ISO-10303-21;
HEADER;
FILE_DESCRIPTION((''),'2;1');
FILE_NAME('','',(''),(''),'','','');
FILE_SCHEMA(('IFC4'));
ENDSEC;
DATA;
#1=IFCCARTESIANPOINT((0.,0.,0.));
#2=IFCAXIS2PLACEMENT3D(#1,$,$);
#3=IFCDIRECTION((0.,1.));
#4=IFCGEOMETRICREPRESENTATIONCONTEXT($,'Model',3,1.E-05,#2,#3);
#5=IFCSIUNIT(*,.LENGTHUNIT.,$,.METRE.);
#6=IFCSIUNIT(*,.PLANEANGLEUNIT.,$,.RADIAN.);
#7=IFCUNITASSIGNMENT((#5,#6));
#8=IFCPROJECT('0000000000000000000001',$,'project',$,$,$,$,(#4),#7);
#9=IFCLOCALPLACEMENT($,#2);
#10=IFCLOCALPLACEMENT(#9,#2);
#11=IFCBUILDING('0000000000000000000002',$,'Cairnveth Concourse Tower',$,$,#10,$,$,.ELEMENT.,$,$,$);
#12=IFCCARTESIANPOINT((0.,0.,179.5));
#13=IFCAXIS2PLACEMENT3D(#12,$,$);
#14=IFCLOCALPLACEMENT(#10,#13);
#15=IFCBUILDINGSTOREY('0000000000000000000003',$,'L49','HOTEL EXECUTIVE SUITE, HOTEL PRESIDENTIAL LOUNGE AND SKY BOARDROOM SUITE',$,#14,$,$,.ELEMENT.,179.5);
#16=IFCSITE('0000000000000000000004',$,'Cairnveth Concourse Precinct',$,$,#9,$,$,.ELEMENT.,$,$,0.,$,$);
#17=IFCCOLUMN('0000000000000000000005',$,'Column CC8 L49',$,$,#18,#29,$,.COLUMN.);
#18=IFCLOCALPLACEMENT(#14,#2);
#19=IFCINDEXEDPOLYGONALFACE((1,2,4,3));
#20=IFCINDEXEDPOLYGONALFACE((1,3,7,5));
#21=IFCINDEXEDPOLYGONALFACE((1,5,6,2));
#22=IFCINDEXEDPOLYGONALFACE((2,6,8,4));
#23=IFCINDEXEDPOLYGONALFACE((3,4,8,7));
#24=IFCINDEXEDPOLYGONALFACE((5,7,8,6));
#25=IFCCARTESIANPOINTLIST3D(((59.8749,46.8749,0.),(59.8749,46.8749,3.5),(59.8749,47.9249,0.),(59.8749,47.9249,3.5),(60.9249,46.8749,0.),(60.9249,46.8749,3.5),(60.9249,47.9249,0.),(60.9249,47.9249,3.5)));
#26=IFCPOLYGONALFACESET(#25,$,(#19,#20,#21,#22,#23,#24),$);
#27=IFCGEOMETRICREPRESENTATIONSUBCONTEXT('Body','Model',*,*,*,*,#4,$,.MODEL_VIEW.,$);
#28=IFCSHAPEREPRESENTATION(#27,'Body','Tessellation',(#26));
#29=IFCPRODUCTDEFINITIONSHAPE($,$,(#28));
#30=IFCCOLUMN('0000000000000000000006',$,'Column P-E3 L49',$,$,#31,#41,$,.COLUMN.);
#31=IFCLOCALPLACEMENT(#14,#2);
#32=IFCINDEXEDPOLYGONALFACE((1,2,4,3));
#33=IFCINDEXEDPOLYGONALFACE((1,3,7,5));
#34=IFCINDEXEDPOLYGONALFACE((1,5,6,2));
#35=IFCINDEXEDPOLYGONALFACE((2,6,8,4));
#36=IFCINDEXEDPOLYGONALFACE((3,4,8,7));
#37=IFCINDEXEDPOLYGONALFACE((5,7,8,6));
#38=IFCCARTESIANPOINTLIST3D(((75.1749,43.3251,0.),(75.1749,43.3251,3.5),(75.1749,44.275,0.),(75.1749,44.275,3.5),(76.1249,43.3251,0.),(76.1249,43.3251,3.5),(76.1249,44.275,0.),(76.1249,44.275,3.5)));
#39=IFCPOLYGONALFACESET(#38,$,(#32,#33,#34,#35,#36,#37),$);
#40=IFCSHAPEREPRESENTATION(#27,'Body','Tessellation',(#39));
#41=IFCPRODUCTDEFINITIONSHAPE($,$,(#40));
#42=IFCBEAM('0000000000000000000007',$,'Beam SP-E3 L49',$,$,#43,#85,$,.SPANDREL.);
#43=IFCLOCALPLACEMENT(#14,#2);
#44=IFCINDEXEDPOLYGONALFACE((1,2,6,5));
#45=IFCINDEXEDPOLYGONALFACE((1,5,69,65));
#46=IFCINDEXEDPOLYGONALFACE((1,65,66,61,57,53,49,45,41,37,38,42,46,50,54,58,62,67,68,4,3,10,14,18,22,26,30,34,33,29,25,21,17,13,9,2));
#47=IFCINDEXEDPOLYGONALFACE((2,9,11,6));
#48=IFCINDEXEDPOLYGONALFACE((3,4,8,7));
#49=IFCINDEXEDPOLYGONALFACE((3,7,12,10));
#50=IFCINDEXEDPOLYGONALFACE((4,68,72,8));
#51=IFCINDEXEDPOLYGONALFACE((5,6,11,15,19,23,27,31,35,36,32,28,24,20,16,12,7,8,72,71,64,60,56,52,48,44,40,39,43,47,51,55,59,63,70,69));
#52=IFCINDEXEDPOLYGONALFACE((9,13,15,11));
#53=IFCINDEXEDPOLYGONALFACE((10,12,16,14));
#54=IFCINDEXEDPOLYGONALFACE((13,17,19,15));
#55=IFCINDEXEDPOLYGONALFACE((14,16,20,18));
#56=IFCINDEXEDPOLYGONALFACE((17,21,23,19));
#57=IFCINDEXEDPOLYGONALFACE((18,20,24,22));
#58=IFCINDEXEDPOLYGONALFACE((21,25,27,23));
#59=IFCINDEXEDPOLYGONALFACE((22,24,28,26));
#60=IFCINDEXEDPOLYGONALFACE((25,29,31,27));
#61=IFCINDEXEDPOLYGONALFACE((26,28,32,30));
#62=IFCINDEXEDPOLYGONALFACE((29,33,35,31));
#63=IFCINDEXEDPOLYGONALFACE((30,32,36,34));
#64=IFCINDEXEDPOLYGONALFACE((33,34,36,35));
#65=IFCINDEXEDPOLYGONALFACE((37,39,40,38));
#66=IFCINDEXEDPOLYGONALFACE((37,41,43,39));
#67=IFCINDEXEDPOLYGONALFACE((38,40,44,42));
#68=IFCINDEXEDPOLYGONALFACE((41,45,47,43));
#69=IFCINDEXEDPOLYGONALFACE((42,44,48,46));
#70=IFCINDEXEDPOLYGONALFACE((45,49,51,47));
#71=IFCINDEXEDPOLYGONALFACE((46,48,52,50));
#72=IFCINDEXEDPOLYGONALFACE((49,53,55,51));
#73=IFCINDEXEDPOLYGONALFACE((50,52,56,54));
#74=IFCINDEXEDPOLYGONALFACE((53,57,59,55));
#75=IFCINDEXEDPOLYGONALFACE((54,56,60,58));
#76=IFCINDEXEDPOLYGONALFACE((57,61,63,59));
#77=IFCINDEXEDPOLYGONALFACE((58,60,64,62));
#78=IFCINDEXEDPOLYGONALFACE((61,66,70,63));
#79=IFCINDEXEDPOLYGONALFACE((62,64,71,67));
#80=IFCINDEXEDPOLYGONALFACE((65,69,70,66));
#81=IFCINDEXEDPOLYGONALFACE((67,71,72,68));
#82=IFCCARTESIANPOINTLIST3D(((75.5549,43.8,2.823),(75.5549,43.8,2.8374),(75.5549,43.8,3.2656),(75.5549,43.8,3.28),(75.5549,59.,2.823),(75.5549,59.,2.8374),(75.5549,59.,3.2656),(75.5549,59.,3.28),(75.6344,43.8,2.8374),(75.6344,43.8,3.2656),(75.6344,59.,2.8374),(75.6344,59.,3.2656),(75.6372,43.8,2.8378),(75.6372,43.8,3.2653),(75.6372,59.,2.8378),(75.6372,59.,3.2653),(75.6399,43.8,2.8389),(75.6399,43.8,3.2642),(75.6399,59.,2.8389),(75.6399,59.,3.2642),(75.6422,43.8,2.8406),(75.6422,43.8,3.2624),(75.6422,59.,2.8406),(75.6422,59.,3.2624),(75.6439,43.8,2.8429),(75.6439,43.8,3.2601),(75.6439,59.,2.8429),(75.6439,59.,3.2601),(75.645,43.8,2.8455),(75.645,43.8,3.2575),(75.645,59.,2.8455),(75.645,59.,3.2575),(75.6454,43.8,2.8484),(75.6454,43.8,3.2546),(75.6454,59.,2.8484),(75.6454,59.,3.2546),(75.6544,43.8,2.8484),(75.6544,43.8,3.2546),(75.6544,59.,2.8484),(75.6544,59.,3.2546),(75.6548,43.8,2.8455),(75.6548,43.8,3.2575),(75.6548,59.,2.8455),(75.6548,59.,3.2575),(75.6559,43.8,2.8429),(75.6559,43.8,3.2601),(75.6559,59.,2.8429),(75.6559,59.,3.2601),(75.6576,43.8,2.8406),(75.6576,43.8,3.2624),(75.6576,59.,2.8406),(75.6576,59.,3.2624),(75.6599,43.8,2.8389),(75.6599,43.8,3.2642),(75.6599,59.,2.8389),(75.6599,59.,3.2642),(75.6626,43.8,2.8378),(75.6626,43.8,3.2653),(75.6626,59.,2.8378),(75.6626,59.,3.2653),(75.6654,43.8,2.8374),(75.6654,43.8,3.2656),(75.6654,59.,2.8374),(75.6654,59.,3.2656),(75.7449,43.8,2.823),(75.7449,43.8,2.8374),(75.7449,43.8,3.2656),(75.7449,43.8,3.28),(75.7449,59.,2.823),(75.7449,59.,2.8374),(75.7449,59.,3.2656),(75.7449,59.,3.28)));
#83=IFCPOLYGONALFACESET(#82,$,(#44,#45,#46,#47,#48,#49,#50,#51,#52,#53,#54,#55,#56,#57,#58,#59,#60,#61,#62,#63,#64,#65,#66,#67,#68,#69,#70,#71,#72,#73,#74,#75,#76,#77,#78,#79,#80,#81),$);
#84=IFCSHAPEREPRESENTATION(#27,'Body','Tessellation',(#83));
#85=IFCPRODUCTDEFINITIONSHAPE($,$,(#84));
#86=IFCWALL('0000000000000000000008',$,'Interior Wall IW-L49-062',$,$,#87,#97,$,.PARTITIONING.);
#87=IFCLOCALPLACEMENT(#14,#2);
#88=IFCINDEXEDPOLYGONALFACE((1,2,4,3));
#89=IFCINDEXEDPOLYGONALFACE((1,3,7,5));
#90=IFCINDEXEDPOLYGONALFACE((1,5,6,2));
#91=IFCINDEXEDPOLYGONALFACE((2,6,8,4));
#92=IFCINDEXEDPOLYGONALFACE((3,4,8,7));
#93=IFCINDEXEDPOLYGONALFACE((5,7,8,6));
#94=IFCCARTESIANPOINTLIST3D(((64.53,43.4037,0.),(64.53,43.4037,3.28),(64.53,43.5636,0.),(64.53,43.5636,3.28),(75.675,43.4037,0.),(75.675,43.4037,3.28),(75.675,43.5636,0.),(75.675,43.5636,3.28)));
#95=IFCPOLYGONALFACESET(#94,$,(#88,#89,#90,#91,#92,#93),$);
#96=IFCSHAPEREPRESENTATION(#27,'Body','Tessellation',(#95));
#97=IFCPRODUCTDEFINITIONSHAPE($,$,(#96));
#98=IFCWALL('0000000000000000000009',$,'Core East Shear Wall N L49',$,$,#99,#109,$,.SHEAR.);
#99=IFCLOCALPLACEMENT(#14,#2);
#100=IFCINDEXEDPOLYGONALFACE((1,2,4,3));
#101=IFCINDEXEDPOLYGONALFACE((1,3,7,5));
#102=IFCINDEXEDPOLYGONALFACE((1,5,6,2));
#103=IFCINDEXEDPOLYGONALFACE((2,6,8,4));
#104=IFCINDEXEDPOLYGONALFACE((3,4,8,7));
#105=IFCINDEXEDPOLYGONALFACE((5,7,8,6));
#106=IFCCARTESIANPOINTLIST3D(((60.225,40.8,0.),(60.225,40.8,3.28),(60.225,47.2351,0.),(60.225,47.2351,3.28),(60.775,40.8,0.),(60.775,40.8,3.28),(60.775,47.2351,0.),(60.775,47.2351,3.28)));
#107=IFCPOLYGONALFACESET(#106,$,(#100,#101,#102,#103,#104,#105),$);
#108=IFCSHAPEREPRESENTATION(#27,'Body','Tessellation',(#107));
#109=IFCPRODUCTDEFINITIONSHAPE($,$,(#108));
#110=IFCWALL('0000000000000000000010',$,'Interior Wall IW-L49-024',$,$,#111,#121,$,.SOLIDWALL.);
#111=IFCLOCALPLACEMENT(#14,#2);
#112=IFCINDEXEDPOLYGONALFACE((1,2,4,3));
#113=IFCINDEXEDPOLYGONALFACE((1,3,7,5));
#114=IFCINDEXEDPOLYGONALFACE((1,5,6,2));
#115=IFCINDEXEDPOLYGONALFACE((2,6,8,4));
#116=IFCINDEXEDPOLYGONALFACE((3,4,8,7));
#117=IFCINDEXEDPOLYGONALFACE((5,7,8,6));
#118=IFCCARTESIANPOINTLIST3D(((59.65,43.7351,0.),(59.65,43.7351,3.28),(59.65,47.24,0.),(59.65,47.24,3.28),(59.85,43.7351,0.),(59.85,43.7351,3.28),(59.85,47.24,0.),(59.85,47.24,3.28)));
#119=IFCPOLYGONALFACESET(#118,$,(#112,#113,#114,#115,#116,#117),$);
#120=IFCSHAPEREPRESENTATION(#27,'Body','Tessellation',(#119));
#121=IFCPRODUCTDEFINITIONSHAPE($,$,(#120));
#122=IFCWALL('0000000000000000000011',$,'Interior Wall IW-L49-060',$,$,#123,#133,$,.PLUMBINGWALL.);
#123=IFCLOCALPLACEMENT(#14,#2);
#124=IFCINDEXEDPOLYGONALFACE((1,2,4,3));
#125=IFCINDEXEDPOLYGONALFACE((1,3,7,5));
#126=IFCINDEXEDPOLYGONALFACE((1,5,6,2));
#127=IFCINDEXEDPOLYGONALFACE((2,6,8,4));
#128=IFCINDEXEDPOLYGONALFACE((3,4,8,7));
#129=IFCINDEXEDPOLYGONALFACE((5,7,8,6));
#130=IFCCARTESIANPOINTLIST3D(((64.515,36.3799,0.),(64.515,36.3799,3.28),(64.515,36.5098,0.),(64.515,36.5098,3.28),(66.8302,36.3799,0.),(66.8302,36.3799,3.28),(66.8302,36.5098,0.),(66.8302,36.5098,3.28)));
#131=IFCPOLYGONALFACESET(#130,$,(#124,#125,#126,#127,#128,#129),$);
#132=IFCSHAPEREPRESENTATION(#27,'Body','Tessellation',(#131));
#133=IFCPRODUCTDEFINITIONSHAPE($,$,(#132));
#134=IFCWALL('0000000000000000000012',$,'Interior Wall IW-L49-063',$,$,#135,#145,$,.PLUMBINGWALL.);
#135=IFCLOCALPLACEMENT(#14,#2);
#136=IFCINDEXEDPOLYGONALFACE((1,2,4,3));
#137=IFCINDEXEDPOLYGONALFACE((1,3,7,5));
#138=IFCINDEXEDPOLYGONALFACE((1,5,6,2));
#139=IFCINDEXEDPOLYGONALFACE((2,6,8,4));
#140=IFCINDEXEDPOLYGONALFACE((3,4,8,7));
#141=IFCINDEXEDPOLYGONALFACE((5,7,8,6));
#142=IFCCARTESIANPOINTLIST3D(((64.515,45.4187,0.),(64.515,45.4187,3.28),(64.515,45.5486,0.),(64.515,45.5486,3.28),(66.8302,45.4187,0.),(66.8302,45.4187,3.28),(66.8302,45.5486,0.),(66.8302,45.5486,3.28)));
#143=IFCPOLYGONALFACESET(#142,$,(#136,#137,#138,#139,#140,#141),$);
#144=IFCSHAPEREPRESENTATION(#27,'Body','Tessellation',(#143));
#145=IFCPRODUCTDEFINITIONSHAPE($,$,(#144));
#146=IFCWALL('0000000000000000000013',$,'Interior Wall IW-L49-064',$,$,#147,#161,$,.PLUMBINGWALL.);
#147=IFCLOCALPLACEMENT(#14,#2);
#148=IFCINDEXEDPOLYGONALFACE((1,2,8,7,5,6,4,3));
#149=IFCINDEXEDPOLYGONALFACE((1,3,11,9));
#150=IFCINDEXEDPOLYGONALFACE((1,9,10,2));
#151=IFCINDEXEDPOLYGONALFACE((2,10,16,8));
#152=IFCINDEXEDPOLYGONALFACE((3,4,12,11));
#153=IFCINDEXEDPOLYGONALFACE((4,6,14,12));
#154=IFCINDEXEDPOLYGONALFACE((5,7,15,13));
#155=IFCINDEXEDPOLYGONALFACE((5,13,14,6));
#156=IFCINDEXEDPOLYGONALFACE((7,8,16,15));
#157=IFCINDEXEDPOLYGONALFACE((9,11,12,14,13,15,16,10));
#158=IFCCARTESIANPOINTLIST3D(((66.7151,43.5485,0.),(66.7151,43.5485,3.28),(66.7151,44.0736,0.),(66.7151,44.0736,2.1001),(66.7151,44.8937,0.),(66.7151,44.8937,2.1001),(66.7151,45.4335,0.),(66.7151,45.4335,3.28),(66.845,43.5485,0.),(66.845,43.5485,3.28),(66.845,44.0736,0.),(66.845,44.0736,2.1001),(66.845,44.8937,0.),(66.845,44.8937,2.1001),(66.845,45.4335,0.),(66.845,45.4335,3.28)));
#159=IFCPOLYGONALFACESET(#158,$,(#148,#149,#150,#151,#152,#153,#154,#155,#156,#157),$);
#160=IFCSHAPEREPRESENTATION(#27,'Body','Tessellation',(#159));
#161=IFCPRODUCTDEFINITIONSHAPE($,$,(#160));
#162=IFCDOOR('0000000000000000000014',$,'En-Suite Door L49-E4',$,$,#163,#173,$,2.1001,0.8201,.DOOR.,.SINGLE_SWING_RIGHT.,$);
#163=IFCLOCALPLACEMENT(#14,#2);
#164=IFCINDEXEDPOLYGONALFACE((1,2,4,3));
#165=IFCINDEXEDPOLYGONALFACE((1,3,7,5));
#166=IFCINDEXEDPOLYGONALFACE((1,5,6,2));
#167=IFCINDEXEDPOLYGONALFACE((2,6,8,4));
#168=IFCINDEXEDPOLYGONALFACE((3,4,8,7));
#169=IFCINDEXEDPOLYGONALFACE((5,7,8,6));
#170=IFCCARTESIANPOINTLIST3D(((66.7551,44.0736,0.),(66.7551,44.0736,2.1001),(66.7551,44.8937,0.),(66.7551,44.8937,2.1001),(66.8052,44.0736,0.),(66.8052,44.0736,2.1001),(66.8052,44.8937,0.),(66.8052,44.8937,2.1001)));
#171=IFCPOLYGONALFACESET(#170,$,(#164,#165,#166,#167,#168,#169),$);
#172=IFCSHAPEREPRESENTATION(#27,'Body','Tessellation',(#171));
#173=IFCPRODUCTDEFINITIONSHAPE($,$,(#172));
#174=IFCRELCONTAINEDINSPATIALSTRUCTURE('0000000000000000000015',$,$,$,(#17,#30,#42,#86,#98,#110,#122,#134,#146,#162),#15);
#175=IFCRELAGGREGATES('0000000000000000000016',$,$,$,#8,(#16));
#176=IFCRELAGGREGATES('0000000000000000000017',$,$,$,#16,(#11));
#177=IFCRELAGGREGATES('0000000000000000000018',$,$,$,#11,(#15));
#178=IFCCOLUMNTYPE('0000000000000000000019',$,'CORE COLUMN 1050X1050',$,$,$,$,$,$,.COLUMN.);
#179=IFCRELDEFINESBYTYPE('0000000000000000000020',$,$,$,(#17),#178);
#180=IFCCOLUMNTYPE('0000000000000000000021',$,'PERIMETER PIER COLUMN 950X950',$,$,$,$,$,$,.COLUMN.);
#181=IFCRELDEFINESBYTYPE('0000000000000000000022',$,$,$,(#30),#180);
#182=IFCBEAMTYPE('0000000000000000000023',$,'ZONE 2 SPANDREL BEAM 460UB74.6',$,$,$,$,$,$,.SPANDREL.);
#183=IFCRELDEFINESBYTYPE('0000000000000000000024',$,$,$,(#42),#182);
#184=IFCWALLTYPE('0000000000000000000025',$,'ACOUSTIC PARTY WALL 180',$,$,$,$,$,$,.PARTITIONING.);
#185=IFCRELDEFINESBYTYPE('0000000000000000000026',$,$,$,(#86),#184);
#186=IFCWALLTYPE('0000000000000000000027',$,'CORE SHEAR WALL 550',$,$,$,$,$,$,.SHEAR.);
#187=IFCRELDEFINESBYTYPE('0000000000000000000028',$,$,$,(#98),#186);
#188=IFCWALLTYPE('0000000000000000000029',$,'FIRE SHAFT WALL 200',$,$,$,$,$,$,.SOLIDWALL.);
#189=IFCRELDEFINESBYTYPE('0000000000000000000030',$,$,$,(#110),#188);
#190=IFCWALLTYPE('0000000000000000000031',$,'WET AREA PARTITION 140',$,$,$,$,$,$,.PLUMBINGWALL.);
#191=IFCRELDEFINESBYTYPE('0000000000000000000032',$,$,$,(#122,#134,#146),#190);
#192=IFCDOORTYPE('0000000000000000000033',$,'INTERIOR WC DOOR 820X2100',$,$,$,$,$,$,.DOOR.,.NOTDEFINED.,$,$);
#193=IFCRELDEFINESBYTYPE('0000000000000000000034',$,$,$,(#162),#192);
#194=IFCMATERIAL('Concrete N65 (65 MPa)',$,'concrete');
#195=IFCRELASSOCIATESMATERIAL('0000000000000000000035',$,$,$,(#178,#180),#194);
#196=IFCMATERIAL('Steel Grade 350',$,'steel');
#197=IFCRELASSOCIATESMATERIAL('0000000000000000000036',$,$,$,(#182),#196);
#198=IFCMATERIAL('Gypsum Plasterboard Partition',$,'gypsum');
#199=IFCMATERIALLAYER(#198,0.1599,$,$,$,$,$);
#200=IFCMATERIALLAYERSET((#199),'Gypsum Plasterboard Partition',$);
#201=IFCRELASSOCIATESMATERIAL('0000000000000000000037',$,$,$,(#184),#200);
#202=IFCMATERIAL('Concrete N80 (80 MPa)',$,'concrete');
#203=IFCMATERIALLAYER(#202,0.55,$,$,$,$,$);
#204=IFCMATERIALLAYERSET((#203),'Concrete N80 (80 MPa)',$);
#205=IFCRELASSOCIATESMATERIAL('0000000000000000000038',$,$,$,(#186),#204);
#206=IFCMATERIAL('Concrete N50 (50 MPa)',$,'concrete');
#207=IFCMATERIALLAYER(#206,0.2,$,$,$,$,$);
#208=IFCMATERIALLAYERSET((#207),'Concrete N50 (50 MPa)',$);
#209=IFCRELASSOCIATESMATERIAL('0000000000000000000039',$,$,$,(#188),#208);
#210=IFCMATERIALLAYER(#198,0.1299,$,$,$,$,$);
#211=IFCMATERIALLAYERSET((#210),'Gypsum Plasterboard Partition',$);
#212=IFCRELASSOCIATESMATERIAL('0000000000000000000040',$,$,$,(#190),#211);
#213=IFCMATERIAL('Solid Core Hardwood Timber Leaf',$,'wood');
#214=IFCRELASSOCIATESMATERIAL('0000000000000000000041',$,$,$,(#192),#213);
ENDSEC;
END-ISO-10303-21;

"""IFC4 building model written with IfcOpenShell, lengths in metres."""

from ifc_helpers import new_model, si_unit, direction, frame, frame_2d, origin, origin_2d, place, context, subcontext, project, spatial, rectangle, i_section, extrude, material, layer, layer_set, material_profile, profile_set, type_object, element, fill, save


model = new_model("IFC4")

# Units and contexts
model_context = context("Model", 3, precision=1e-05, world=origin(), true_north=direction((0.0, 1.0)))
body_context = subcontext(model_context, "Body", "Model", "MODEL_VIEW")
ifc_project = project(units=[si_unit("LENGTHUNIT", "METRE"), si_unit("PLANEANGLEUNIT", "RADIAN")], contexts=[model_context])

# Site, building, storey
site_placement = place(None, origin())
site = spatial("IfcSite", under=ifc_project, at=site_placement, Name="Cairnveth Concourse Precinct", CompositionType="ELEMENT", RefElevation=0.0)
building_placement = place(site_placement, origin())
building = spatial("IfcBuilding", under=site, at=building_placement, Name="Cairnveth Concourse Tower", CompositionType="ELEMENT")
storey_placement = place(building_placement, frame((0.0, 0.0, 179.5)))
storey = spatial("IfcBuildingStorey", under=building, at=storey_placement, Name="L49", Description="HOTEL EXECUTIVE SUITE, HOTEL PRESIDENTIAL LOUNGE AND SKY BOARDROOM SUITE", CompositionType="ELEMENT", Elevation=179.5)

# Columns
ifc_material_1 = material(Name="Concrete N65 (65 MPa)", Category="concrete")
ifc_material_profile_1 = material_profile(ifc_material_1, rectangle(XDim=1.05, YDim=1.05, at=origin_2d()), Name="RC-COL-1050x1050")
ifc_profile_set_1 = profile_set([ifc_material_profile_1], Name="Concrete N65 (65 MPa)")
column_type_1 = type_object("IfcColumnType", Name="CORE COLUMN 1050X1050", PredefinedType="COLUMN", material=ifc_profile_set_1)
column_1_placement = place(storey_placement, frame((60.3999, 47.3999, 0.0), z_axis=(0.0, 0.0, 1.0), x_axis=(1.0, 0.0, 0.0)))
element("IfcColumn", 1, at=column_1_placement, inside=storey, type_object=column_type_1, Name="Column CC8 L49", PredefinedType="COLUMN", context=body_context, shape_type="SweptSolid", body=[
    extrude(rectangle(XDim=1.05, YDim=1.05, at=origin_2d()), origin(), (0.0, 0.0, 1.0), 3.5),
])
ifc_material_profile_2 = material_profile(ifc_material_1, rectangle(XDim=0.95, YDim=0.95, at=origin_2d()), Name="RC-COL-950x950")
ifc_profile_set_2 = profile_set([ifc_material_profile_2], Name="Concrete N65 (65 MPa)")
column_type_2 = type_object("IfcColumnType", Name="PERIMETER PIER COLUMN 950X950", PredefinedType="COLUMN", material=ifc_profile_set_2)
column_2_placement = place(storey_placement, frame((75.6499, 43.8, 0.0), z_axis=(0.0, 0.0, 1.0), x_axis=(0.0, 1.0, 0.0)))
element("IfcColumn", 2, at=column_2_placement, inside=storey, type_object=column_type_2, Name="Column P-E3 L49", PredefinedType="COLUMN", context=body_context, shape_type="SweptSolid", body=[
    extrude(rectangle(XDim=0.95, YDim=0.95, at=origin_2d()), origin(), (0.0, 0.0, 1.0), 3.5),
])

# Beam
ifc_material_2 = material(Name="Steel Grade 350", Category="steel")
ifc_material_profile_3 = material_profile(ifc_material_2, i_section(OverallWidth=0.1899, OverallDepth=0.457, WebThickness=0.009, FlangeThickness=0.0144, FilletRadius=0.011, at=origin_2d()), Name="460UB74.6")
ifc_profile_set_3 = profile_set([ifc_material_profile_3], Name="Steel Grade 350")
beam_type = type_object("IfcBeamType", Name="ZONE 2 SPANDREL BEAM 460UB74.6", PredefinedType="SPANDREL", material=ifc_profile_set_3)
beam_placement = place(storey_placement, frame((75.6499, 43.8, 3.0515), z_axis=(0.0, 1.0, 0.0), x_axis=(-1.0, 0.0, 0.0)))
element("IfcBeam", 3, at=beam_placement, inside=storey, type_object=beam_type, Name="Beam SP-E3 L49", PredefinedType="SPANDREL", context=body_context, shape_type="SweptSolid", body=[
    extrude(i_section(OverallWidth=0.1899, OverallDepth=0.457, WebThickness=0.009, FlangeThickness=0.0144, FilletRadius=0.011, at=origin_2d()), origin(), (0.0, 0.0, 1.0), 15.2),
])

# Walls
ifc_material_3 = material(Name="Gypsum Plasterboard Partition", Category="gypsum")
ifc_layer_1 = layer(ifc_material_3, 0.1599)
ifc_layer_set_1 = layer_set([ifc_layer_1], Name="Gypsum Plasterboard Partition")
wall_type_1 = type_object("IfcWallType", Name="ACOUSTIC PARTY WALL 180", PredefinedType="PARTITIONING", material=ifc_layer_set_1)
wall_1_placement = place(storey_placement, frame((64.53, 43.4836, 0.0), z_axis=(0.0, 0.0, 1.0), x_axis=(1.0, 0.0, 0.0)))
element("IfcWall", 4, at=wall_1_placement, inside=storey, type_object=wall_type_1, Name="Interior Wall IW-L49-062", PredefinedType="PARTITIONING", context=body_context, shape_type="SweptSolid", body=[
    extrude(rectangle(XDim=11.145, YDim=0.1599, at=frame_2d((5.5725, 0.0))), origin(), (0.0, 0.0, 1.0), 3.28),
])
ifc_material_4 = material(Name="Concrete N80 (80 MPa)", Category="concrete")
ifc_layer_2 = layer(ifc_material_4, 0.55)
ifc_layer_set_2 = layer_set([ifc_layer_2], Name="Concrete N80 (80 MPa)")
wall_type_2 = type_object("IfcWallType", Name="CORE SHEAR WALL 550", PredefinedType="SHEAR", material=ifc_layer_set_2)
wall_2_placement = place(storey_placement, frame((60.5, 40.8, 0.0), z_axis=(0.0, 0.0, 1.0), x_axis=(0.0, 1.0, 0.0)))
element("IfcWall", 5, at=wall_2_placement, inside=storey, type_object=wall_type_2, Name="Core East Shear Wall N L49", PredefinedType="SHEAR", context=body_context, shape_type="SweptSolid", body=[
    extrude(rectangle(XDim=6.4351, YDim=0.55, at=frame_2d((3.2175, 0.0))), origin(), (0.0, 0.0, 1.0), 3.28),
])

# Shared definitions
ifc_material_5 = material(Name="Concrete N50 (50 MPa)", Category="concrete")
ifc_layer_3 = layer(ifc_material_5, 0.2)
ifc_layer_set_3 = layer_set([ifc_layer_3], Name="Concrete N50 (50 MPa)")
wall_type_3 = type_object("IfcWallType", Name="FIRE SHAFT WALL 200", PredefinedType="SOLIDWALL", material=ifc_layer_set_3)

# Walls
wall_3_placement = place(storey_placement, frame((59.75, 43.7351, 0.0), z_axis=(0.0, 0.0, 1.0), x_axis=(0.0, 1.0, 0.0)))
element("IfcWall", 6, at=wall_3_placement, inside=storey, type_object=wall_type_3, Name="Interior Wall IW-L49-024", PredefinedType="SOLIDWALL", context=body_context, shape_type="SweptSolid", body=[
    extrude(rectangle(XDim=3.5049, YDim=0.2, at=frame_2d((1.7524, 0.0))), origin(), (0.0, 0.0, 1.0), 3.28),
])
ifc_layer_4 = layer(ifc_material_3, 0.1299)
ifc_layer_set_4 = layer_set([ifc_layer_4], Name="Gypsum Plasterboard Partition")
wall_type_4 = type_object("IfcWallType", Name="WET AREA PARTITION 140", PredefinedType="PLUMBINGWALL", material=ifc_layer_set_4)
for number, where, z_axis, x_axis, name in (
    (7, (64.5149, 36.4448, 0.0), (0.0, 0.0, 1.0), (1.0, 0.0, 0.0), "Interior Wall IW-L49-060"),
    (8, (64.5149, 45.4836, 0.0), (0.0, 0.0, 1.0), (1.0, 0.0, 0.0), "Interior Wall IW-L49-063"),
):
    element("IfcWall", number, at=place(storey_placement, frame(where, z_axis=z_axis, x_axis=x_axis)), inside=storey, type_object=wall_type_4, Name=name, PredefinedType="PLUMBINGWALL", context=body_context, shape_type="SweptSolid", body=[
        extrude(rectangle(XDim=2.3152, YDim=0.1299, at=frame_2d((1.1577, 0.0))), origin(), (0.0, 0.0, 1.0), 3.28),
    ])

# Wall, opening, door
wall_4_placement = place(storey_placement, frame((66.78, 43.5486, 0.0), z_axis=(0.0, 0.0, 1.0), x_axis=(0.0, 1.0, 0.0)))
wall_4 = element("IfcWall", 9, at=wall_4_placement, inside=storey, type_object=wall_type_4, Name="Interior Wall IW-L49-064", PredefinedType="PLUMBINGWALL", context=body_context, shape_type="SweptSolid", body=[
    extrude(rectangle(XDim=1.885, YDim=0.1299, at=frame_2d((0.9424, 0.0))), origin(), (0.0, 0.0, 1.0), 3.28),
])
opening_1_placement = place(wall_4_placement, frame((0.5249, 0.0, 0.0)))
opening_1 = element("IfcOpeningElement", 10, at=opening_1_placement, cuts=wall_4, PredefinedType="OPENING", context=body_context, shape_type="SweptSolid", body=[
    extrude(rectangle(XDim=0.8201, YDim=2.1001, at=frame_2d((0.4102, 1.05))), frame((0.0, 0.075, 0.0), z_axis=(0.0, -1.0, 0.0), x_axis=(1.0, 0.0, 0.0)), (0.0, 0.0, 1.0), 0.1499),
])
ifc_material_6 = material(Name="Solid Core Hardwood Timber Leaf", Category="wood")
door_type_1 = type_object("IfcDoorType", Name="INTERIOR WC DOOR 820X2100", OperationType="NOTDEFINED", PredefinedType="DOOR", material=ifc_material_6)
door_1_placement = place(opening_1_placement, origin())
door_1 = element("IfcDoor", 11, at=door_1_placement, inside=storey, type_object=door_type_1, Name="En-Suite Door L49-E4", OperationType="SINGLE_SWING_RIGHT", OverallHeight=2.1001, OverallWidth=0.8201, PredefinedType="DOOR", context=body_context, shape_type="SweptSolid", body=[
    extrude(rectangle(XDim=0.8201, YDim=2.1001, at=frame_2d((0.4102, 1.05))), frame((0.0, 0.0249, 0.0), z_axis=(0.0, -1.0, 0.0), x_axis=(1.0, 0.0, 0.0)), (0.0, 0.0, 1.0), 0.05),
])
fill(opening_1, door_1)

save(model, "model.ifc")
